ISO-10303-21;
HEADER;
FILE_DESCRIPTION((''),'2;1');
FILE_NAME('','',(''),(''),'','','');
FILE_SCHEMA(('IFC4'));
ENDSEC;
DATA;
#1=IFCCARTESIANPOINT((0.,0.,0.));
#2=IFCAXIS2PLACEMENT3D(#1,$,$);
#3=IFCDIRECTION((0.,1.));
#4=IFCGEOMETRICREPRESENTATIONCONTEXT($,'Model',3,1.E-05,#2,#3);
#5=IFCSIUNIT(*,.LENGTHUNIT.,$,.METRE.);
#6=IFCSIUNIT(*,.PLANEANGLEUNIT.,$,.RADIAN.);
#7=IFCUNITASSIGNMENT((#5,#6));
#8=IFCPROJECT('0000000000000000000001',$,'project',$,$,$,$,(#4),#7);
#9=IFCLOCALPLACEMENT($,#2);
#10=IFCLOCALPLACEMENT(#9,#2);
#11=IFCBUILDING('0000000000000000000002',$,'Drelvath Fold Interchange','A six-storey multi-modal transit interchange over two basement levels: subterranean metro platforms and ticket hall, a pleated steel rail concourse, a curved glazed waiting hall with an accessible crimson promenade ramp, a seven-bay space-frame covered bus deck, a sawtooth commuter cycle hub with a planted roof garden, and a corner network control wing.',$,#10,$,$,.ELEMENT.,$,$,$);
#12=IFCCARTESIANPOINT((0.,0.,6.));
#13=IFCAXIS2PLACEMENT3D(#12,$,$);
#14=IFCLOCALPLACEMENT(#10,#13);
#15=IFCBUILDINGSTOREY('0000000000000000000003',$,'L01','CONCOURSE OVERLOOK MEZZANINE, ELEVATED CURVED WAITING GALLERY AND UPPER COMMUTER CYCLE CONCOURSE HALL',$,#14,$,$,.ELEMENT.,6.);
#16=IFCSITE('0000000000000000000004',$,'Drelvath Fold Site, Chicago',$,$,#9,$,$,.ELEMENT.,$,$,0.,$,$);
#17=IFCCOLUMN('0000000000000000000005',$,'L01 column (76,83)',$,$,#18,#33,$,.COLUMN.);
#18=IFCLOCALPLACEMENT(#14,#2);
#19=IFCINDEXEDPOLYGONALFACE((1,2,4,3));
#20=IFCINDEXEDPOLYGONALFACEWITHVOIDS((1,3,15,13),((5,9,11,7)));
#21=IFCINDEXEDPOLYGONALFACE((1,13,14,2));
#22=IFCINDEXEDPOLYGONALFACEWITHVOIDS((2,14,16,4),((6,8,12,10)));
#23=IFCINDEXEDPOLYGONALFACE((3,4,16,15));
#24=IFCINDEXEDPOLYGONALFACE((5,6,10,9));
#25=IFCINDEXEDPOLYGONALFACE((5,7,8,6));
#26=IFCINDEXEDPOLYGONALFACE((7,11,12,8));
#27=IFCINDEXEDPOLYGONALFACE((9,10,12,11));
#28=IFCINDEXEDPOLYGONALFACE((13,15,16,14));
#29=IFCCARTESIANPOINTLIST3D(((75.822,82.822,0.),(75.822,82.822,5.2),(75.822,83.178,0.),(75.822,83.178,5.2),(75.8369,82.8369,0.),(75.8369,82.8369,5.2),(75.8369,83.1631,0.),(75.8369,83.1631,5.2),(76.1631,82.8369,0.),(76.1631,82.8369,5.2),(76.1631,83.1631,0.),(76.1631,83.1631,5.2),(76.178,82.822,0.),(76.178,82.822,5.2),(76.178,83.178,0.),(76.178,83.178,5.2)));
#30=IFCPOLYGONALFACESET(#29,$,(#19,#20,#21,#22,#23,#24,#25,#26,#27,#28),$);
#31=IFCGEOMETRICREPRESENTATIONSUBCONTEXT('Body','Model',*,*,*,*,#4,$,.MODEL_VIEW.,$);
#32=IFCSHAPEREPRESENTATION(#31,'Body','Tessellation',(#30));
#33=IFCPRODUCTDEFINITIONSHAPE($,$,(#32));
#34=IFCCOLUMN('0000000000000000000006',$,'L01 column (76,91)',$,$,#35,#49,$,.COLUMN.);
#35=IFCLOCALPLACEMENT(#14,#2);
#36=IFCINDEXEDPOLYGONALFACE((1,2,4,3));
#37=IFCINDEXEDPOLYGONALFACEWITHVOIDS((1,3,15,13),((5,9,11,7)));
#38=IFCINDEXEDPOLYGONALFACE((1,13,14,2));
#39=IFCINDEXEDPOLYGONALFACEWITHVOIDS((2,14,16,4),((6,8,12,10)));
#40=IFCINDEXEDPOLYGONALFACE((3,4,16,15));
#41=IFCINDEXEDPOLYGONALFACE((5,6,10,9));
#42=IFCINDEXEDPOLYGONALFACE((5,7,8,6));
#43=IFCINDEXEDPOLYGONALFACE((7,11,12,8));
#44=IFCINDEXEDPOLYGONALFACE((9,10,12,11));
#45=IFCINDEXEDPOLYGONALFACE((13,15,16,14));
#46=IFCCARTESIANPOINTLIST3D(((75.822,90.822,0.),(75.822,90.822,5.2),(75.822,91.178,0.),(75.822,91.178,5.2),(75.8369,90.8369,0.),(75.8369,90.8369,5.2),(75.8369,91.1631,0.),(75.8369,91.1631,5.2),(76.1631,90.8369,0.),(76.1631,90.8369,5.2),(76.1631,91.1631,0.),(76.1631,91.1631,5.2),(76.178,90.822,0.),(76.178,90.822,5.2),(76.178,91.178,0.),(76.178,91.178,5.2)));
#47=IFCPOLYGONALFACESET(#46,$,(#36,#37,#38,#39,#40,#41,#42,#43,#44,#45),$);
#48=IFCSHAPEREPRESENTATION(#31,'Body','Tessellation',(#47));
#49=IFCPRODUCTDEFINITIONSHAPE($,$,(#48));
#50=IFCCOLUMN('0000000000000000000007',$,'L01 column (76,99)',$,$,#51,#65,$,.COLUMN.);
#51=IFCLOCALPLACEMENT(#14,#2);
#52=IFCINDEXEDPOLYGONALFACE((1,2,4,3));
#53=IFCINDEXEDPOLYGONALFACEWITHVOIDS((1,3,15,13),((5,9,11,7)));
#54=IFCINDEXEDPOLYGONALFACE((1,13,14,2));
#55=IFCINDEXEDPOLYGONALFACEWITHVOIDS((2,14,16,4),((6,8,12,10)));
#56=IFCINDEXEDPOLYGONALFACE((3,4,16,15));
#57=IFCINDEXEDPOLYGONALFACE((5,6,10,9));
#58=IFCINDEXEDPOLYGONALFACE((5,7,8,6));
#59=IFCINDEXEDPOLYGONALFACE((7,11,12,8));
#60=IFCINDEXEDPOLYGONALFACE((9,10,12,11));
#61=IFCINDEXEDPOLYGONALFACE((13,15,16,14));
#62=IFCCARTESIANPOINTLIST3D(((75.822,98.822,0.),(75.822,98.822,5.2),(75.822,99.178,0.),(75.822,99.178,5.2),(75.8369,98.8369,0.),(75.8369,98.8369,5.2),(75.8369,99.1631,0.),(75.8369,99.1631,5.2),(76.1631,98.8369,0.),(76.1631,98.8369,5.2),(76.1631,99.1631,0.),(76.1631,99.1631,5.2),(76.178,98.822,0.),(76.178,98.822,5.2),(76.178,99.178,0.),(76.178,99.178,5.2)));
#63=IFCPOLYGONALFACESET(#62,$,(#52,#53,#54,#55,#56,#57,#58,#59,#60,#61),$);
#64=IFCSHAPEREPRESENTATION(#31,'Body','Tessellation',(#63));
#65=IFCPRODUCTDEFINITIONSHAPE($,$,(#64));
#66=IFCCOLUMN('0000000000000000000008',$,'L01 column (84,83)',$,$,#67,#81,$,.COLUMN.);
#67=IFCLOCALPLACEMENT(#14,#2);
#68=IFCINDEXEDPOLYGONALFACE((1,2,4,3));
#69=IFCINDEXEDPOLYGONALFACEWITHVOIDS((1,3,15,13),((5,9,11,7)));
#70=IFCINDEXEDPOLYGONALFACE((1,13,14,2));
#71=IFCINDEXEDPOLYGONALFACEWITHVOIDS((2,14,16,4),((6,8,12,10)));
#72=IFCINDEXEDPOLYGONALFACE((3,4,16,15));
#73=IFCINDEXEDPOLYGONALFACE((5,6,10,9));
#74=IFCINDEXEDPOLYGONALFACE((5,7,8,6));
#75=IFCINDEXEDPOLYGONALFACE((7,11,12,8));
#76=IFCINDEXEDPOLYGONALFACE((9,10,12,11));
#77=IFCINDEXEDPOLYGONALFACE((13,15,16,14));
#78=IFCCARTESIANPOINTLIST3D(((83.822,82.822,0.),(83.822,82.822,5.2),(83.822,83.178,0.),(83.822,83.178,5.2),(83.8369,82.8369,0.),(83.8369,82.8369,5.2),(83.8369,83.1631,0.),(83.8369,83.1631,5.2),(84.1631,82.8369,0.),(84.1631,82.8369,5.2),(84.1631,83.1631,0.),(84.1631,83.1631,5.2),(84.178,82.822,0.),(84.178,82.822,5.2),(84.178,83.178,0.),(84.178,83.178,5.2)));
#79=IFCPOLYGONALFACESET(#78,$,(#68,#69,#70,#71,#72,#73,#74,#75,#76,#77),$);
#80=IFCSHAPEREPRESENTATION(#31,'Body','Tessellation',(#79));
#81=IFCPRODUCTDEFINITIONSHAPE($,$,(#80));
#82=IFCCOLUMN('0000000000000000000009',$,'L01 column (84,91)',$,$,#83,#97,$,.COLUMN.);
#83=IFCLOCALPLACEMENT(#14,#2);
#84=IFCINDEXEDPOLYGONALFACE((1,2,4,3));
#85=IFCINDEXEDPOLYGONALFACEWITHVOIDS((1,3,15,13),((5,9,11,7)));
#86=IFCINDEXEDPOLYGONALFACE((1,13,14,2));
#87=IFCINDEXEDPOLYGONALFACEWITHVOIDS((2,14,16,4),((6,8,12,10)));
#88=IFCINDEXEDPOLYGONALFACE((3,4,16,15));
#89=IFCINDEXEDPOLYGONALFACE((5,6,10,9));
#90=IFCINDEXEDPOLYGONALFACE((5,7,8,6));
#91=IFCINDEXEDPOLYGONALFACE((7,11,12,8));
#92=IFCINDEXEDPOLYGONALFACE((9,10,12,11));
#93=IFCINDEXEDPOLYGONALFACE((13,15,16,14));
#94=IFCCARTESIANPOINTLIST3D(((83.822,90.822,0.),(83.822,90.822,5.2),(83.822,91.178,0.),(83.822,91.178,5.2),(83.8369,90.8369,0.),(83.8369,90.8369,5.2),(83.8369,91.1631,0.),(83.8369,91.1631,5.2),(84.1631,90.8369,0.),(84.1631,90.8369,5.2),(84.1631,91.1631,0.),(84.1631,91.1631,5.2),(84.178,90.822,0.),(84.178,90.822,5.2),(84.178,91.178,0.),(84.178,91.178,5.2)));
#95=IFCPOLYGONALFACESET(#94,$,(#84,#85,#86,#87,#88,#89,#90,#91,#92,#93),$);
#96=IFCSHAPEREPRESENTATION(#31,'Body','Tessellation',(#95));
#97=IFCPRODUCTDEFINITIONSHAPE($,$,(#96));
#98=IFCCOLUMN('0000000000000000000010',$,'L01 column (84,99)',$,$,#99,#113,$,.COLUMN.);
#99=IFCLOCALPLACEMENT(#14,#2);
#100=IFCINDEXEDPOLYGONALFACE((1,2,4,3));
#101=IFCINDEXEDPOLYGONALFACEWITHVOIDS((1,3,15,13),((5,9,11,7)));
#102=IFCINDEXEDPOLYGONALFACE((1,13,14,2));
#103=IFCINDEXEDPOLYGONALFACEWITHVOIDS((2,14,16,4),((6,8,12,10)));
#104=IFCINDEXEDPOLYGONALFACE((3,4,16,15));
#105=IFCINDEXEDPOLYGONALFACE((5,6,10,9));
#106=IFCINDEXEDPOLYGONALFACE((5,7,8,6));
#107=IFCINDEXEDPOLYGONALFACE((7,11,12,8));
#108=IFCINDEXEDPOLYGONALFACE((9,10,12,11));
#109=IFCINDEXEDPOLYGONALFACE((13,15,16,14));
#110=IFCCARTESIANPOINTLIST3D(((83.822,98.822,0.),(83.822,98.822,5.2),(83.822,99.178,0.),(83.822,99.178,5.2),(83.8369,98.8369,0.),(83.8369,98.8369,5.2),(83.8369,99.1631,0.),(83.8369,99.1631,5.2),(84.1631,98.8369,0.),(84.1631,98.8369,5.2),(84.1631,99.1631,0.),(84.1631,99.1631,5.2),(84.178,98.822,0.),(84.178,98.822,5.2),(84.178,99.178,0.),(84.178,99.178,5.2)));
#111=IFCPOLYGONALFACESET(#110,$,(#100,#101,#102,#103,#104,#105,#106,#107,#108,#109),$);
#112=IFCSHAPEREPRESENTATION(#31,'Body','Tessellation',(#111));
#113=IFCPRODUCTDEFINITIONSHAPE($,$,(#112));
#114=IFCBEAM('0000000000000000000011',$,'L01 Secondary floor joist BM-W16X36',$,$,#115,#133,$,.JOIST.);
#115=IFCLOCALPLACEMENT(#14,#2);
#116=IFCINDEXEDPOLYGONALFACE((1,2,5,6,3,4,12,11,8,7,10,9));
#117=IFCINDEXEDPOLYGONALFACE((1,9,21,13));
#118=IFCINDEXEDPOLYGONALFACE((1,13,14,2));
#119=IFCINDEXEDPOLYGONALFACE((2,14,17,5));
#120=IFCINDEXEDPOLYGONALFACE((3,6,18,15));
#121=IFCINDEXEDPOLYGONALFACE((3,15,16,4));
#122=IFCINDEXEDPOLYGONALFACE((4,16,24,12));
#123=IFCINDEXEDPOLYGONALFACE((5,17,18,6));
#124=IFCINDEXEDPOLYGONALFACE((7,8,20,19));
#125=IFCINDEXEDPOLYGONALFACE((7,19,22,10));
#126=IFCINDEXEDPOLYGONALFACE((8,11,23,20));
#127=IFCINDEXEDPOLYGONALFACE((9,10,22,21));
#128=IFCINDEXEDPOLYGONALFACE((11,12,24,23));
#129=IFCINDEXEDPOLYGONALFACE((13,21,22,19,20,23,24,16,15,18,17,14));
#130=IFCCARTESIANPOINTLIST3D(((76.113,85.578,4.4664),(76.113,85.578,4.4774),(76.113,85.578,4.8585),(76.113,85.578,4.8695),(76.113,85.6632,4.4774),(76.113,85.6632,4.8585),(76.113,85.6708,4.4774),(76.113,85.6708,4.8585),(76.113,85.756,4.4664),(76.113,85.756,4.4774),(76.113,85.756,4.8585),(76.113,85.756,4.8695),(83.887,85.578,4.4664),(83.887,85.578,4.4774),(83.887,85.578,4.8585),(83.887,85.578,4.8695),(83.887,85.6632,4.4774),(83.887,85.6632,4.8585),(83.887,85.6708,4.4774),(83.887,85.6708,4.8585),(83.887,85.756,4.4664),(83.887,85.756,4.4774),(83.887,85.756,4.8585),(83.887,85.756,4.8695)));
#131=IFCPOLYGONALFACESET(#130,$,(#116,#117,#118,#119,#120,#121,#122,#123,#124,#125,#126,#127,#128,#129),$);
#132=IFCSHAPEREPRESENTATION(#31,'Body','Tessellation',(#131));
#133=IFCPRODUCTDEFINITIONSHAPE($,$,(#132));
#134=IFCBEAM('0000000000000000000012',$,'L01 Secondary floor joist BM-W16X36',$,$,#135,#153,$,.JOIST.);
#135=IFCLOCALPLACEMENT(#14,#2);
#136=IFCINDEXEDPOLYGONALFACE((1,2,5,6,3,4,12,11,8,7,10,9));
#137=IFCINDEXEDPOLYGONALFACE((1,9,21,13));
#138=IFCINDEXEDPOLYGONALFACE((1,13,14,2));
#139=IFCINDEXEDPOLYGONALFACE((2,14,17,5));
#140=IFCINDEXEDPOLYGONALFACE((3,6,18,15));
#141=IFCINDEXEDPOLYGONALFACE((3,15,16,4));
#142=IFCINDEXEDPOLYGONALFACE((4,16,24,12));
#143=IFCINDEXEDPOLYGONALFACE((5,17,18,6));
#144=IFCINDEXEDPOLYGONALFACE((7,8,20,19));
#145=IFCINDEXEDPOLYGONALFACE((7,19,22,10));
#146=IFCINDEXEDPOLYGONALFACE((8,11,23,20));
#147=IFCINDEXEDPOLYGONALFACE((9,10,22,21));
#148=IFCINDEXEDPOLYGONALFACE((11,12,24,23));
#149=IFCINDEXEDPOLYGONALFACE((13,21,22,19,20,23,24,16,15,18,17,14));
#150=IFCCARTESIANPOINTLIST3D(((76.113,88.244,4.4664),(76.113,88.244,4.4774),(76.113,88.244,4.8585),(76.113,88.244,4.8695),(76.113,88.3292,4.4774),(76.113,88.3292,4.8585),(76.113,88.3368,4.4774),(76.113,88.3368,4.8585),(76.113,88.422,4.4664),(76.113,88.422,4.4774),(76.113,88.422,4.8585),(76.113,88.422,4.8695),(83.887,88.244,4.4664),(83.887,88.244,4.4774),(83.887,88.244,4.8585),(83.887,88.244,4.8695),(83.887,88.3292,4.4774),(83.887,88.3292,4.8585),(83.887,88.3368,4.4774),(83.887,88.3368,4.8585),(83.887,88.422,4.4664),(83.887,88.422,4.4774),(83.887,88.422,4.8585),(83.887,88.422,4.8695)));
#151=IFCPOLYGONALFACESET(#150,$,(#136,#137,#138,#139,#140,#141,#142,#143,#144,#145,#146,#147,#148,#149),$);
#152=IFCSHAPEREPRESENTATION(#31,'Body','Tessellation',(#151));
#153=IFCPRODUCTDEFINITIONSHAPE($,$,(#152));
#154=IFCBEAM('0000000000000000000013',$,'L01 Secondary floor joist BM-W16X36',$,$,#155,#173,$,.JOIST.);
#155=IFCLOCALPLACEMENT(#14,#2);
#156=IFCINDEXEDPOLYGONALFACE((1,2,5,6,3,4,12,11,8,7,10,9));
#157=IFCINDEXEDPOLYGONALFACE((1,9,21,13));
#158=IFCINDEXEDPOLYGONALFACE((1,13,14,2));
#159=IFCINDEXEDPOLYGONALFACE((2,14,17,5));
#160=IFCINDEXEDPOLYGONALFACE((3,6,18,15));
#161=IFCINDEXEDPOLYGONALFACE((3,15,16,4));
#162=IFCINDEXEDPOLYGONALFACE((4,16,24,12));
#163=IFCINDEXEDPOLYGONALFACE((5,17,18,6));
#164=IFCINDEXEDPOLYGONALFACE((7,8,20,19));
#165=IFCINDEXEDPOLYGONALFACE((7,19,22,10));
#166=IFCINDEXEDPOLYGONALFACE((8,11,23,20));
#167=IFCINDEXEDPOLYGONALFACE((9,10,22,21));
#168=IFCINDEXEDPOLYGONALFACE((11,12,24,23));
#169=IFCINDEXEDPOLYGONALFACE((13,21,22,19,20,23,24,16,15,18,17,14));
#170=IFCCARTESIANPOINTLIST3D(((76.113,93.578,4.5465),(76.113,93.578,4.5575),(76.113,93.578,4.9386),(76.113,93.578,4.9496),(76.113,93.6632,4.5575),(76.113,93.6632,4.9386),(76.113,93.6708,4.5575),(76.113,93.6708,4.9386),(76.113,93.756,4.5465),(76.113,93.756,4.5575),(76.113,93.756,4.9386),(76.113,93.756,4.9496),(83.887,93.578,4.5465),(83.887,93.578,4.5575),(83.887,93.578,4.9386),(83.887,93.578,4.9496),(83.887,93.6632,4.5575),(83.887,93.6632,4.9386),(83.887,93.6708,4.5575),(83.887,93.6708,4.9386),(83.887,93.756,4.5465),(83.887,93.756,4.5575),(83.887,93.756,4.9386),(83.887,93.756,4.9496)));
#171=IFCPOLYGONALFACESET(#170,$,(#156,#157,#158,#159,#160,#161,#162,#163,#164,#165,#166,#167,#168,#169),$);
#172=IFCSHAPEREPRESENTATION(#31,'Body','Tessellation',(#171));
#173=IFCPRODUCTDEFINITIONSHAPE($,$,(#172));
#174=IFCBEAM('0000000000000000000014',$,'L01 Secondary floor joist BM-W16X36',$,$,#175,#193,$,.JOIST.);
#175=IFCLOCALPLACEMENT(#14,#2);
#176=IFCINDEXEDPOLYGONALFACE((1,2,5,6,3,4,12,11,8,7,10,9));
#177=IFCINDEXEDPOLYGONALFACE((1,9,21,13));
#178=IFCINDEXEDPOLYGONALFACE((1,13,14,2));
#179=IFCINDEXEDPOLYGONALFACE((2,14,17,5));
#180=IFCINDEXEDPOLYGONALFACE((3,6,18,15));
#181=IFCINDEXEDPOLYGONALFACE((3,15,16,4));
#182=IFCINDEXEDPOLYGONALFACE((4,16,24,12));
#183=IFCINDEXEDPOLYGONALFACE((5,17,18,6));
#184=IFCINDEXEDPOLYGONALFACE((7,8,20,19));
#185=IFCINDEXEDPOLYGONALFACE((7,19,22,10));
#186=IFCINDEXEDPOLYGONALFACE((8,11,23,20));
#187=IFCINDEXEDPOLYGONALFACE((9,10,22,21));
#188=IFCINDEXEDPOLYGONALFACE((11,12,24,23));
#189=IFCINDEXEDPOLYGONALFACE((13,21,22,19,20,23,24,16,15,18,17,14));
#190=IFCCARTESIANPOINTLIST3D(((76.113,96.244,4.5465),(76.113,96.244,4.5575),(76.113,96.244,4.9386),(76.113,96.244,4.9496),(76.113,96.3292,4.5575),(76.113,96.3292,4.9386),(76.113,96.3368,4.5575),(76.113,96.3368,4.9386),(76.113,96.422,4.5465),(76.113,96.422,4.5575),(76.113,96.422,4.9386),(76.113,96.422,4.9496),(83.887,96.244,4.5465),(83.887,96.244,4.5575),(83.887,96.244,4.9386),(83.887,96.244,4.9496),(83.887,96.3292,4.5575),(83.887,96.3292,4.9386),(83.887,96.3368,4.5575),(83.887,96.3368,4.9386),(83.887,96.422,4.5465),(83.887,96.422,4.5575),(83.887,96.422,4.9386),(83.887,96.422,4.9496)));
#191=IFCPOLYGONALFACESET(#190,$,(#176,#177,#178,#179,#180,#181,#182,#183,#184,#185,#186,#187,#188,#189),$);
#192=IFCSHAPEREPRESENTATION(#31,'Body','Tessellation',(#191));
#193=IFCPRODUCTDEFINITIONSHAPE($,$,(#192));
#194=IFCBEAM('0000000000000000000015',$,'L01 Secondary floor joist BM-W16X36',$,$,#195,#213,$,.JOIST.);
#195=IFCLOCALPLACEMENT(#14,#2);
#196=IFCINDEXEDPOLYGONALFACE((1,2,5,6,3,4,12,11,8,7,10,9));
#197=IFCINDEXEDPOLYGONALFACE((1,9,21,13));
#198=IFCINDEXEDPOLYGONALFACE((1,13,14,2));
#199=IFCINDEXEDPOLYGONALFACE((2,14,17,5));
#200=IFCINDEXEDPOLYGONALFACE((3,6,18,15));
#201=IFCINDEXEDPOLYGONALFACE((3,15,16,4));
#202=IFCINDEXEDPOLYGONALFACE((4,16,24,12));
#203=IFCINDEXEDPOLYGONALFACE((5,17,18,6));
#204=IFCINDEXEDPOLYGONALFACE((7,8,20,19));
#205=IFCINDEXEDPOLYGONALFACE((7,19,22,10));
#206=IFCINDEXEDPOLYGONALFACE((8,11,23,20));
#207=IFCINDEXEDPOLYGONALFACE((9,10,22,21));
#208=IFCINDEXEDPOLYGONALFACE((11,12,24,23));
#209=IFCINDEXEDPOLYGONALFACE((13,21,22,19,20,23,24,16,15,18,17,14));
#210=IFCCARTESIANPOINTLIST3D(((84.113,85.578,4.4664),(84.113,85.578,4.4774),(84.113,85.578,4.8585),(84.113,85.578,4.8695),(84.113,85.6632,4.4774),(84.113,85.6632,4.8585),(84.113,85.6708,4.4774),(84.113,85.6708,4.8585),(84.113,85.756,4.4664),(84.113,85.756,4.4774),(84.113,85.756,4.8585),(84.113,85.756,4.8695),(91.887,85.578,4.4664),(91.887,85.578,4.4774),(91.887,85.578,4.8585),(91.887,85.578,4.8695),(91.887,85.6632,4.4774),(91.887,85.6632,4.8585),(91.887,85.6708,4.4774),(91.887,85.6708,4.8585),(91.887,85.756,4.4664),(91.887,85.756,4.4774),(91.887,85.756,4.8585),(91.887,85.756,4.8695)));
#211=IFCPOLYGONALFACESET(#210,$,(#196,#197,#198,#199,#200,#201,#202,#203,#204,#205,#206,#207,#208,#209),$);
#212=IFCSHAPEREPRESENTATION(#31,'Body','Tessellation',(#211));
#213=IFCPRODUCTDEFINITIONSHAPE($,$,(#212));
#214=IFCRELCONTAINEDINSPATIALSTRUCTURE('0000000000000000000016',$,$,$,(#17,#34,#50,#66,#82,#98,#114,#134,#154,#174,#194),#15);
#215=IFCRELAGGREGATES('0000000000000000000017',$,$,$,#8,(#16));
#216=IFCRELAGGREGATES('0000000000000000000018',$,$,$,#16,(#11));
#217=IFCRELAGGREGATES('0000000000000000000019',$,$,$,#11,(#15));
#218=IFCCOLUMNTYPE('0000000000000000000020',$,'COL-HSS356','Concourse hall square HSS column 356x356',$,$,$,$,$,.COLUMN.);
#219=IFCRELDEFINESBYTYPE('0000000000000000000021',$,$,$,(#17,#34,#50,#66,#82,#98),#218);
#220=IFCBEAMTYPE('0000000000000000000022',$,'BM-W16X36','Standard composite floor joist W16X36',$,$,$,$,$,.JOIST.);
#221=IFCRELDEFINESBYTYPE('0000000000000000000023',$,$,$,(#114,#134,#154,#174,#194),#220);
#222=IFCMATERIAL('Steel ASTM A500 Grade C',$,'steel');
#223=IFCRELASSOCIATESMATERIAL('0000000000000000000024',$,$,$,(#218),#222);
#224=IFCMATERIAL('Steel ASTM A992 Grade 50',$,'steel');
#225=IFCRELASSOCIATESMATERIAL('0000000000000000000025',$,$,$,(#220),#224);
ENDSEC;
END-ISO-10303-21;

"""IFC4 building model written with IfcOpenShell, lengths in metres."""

from ifc_helpers import new_model, si_unit, direction, frame, origin, origin_2d, place, context, subcontext, project, spatial, hollow_rectangle, i_section, extrude, material, material_profile, profile_set, type_object, element, save


model = new_model("IFC4")

# Units and contexts
model_context = context("Model", 3, precision=1e-05, world=origin(), true_north=direction((0.0, 1.0)))
body_context = subcontext(model_context, "Body", "Model", "MODEL_VIEW")
ifc_project = project(units=[si_unit("LENGTHUNIT", "METRE"), si_unit("PLANEANGLEUNIT", "RADIAN")], contexts=[model_context])

# Site, building, storey
site_placement = place(None, origin())
site = spatial("IfcSite", under=ifc_project, at=site_placement, Name="Drelvath Fold Site, Chicago", CompositionType="ELEMENT", RefElevation=0.0)
building_placement = place(site_placement, origin())
building = spatial("IfcBuilding", under=site, at=building_placement, Name="Drelvath Fold Interchange", Description="A six-storey multi-modal transit interchange over two basement levels: subterranean metro platforms and ticket hall, a pleated steel rail concourse, a curved glazed waiting hall with an accessible crimson promenade ramp, a seven-bay space-frame covered bus deck, a sawtooth commuter cycle hub with a planted roof garden, and a corner network control wing.", CompositionType="ELEMENT")
storey_placement = place(building_placement, frame((0.0, 0.0, 6.0)))
storey = spatial("IfcBuildingStorey", under=building, at=storey_placement, Name="L01", Description="CONCOURSE OVERLOOK MEZZANINE, ELEVATED CURVED WAITING GALLERY AND UPPER COMMUTER CYCLE CONCOURSE HALL", CompositionType="ELEMENT", Elevation=6.0)

# Columns
ifc_material_1 = material(Name="Steel ASTM A500 Grade C", Category="steel")
ifc_material_profile_1 = material_profile(ifc_material_1, hollow_rectangle(XDim=0.356, YDim=0.356, WallThickness=0.0149, at=origin_2d()), Name="HSS14X14X5/8")
ifc_profile_set_1 = profile_set([ifc_material_profile_1], Name="Steel ASTM A500 Grade C")
column_type = type_object("IfcColumnType", Name="COL-HSS356", Description="Concourse hall square HSS column 356x356", PredefinedType="COLUMN", material=ifc_profile_set_1)
for number, where, z_axis, x_axis, name in (
    (1, (76.0, 83.0, 0.0), (0.0, 0.0, 1.0), (1.0, 0.0, 0.0), "L01 column (76,83)"),
    (2, (76.0, 91.0, 0.0), (0.0, 0.0, 1.0), (1.0, 0.0, 0.0), "L01 column (76,91)"),
    (3, (76.0, 99.0, 0.0), (0.0, 0.0, 1.0), (1.0, 0.0, 0.0), "L01 column (76,99)"),
    (4, (84.0, 83.0, 0.0), (0.0, 0.0, 1.0), (1.0, 0.0, 0.0), "L01 column (84,83)"),
    (5, (84.0, 91.0, 0.0), (0.0, 0.0, 1.0), (1.0, 0.0, 0.0), "L01 column (84,91)"),
    (6, (84.0, 99.0, 0.0), (0.0, 0.0, 1.0), (1.0, 0.0, 0.0), "L01 column (84,99)"),
):
    element("IfcColumn", number, at=place(storey_placement, frame(where, z_axis=z_axis, x_axis=x_axis)), inside=storey, type_object=column_type, Name=name, PredefinedType="COLUMN", context=body_context, shape_type="SweptSolid", body=[
        extrude(hollow_rectangle(XDim=0.356, YDim=0.356, WallThickness=0.0149, at=origin_2d()), origin(), (0.0, 0.0, 1.0), 5.2),
    ])

# Beams
ifc_material_2 = material(Name="Steel ASTM A992 Grade 50", Category="steel")
ifc_material_profile_2 = material_profile(ifc_material_2, i_section(OverallWidth=0.178, OverallDepth=0.4031, WebThickness=0.0076, FlangeThickness=0.011, at=origin_2d()), Name="W16X36")
ifc_profile_set_2 = profile_set([ifc_material_profile_2], Name="Steel ASTM A992 Grade 50")
beam_type_1 = type_object("IfcBeamType", Name="BM-W16X36", Description="Standard composite floor joist W16X36", PredefinedType="JOIST", material=ifc_profile_set_2)
for number, where, z_axis, x_axis, name in (
    (7, (76.113, 85.667, 4.668), (1.0, 0.0, 0.0), (0.0, 1.0, 0.0), "L01 Secondary floor joist BM-W16X36"),
    (8, (76.113, 88.333, 4.668), (1.0, 0.0, 0.0), (0.0, 1.0, 0.0), "L01 Secondary floor joist BM-W16X36"),
    (9, (76.113, 93.667, 4.748), (1.0, 0.0, 0.0), (0.0, 1.0, 0.0), "L01 Secondary floor joist BM-W16X36"),
    (10, (76.113, 96.333, 4.748), (1.0, 0.0, 0.0), (0.0, 1.0, 0.0), "L01 Secondary floor joist BM-W16X36"),
    (11, (84.113, 85.667, 4.668), (1.0, 0.0, 0.0), (0.0, 1.0, 0.0), "L01 Secondary floor joist BM-W16X36"),
):
    element("IfcBeam", number, at=place(storey_placement, frame(where, z_axis=z_axis, x_axis=x_axis)), inside=storey, type_object=beam_type_1, Name=name, PredefinedType="JOIST", context=body_context, shape_type="SweptSolid", body=[
        extrude(i_section(OverallWidth=0.178, OverallDepth=0.4031, WebThickness=0.0076, FlangeThickness=0.011, at=origin_2d()), origin(), (0.0, 0.0, 1.0), 7.7739),
    ])

save(model, "model.ifc")
